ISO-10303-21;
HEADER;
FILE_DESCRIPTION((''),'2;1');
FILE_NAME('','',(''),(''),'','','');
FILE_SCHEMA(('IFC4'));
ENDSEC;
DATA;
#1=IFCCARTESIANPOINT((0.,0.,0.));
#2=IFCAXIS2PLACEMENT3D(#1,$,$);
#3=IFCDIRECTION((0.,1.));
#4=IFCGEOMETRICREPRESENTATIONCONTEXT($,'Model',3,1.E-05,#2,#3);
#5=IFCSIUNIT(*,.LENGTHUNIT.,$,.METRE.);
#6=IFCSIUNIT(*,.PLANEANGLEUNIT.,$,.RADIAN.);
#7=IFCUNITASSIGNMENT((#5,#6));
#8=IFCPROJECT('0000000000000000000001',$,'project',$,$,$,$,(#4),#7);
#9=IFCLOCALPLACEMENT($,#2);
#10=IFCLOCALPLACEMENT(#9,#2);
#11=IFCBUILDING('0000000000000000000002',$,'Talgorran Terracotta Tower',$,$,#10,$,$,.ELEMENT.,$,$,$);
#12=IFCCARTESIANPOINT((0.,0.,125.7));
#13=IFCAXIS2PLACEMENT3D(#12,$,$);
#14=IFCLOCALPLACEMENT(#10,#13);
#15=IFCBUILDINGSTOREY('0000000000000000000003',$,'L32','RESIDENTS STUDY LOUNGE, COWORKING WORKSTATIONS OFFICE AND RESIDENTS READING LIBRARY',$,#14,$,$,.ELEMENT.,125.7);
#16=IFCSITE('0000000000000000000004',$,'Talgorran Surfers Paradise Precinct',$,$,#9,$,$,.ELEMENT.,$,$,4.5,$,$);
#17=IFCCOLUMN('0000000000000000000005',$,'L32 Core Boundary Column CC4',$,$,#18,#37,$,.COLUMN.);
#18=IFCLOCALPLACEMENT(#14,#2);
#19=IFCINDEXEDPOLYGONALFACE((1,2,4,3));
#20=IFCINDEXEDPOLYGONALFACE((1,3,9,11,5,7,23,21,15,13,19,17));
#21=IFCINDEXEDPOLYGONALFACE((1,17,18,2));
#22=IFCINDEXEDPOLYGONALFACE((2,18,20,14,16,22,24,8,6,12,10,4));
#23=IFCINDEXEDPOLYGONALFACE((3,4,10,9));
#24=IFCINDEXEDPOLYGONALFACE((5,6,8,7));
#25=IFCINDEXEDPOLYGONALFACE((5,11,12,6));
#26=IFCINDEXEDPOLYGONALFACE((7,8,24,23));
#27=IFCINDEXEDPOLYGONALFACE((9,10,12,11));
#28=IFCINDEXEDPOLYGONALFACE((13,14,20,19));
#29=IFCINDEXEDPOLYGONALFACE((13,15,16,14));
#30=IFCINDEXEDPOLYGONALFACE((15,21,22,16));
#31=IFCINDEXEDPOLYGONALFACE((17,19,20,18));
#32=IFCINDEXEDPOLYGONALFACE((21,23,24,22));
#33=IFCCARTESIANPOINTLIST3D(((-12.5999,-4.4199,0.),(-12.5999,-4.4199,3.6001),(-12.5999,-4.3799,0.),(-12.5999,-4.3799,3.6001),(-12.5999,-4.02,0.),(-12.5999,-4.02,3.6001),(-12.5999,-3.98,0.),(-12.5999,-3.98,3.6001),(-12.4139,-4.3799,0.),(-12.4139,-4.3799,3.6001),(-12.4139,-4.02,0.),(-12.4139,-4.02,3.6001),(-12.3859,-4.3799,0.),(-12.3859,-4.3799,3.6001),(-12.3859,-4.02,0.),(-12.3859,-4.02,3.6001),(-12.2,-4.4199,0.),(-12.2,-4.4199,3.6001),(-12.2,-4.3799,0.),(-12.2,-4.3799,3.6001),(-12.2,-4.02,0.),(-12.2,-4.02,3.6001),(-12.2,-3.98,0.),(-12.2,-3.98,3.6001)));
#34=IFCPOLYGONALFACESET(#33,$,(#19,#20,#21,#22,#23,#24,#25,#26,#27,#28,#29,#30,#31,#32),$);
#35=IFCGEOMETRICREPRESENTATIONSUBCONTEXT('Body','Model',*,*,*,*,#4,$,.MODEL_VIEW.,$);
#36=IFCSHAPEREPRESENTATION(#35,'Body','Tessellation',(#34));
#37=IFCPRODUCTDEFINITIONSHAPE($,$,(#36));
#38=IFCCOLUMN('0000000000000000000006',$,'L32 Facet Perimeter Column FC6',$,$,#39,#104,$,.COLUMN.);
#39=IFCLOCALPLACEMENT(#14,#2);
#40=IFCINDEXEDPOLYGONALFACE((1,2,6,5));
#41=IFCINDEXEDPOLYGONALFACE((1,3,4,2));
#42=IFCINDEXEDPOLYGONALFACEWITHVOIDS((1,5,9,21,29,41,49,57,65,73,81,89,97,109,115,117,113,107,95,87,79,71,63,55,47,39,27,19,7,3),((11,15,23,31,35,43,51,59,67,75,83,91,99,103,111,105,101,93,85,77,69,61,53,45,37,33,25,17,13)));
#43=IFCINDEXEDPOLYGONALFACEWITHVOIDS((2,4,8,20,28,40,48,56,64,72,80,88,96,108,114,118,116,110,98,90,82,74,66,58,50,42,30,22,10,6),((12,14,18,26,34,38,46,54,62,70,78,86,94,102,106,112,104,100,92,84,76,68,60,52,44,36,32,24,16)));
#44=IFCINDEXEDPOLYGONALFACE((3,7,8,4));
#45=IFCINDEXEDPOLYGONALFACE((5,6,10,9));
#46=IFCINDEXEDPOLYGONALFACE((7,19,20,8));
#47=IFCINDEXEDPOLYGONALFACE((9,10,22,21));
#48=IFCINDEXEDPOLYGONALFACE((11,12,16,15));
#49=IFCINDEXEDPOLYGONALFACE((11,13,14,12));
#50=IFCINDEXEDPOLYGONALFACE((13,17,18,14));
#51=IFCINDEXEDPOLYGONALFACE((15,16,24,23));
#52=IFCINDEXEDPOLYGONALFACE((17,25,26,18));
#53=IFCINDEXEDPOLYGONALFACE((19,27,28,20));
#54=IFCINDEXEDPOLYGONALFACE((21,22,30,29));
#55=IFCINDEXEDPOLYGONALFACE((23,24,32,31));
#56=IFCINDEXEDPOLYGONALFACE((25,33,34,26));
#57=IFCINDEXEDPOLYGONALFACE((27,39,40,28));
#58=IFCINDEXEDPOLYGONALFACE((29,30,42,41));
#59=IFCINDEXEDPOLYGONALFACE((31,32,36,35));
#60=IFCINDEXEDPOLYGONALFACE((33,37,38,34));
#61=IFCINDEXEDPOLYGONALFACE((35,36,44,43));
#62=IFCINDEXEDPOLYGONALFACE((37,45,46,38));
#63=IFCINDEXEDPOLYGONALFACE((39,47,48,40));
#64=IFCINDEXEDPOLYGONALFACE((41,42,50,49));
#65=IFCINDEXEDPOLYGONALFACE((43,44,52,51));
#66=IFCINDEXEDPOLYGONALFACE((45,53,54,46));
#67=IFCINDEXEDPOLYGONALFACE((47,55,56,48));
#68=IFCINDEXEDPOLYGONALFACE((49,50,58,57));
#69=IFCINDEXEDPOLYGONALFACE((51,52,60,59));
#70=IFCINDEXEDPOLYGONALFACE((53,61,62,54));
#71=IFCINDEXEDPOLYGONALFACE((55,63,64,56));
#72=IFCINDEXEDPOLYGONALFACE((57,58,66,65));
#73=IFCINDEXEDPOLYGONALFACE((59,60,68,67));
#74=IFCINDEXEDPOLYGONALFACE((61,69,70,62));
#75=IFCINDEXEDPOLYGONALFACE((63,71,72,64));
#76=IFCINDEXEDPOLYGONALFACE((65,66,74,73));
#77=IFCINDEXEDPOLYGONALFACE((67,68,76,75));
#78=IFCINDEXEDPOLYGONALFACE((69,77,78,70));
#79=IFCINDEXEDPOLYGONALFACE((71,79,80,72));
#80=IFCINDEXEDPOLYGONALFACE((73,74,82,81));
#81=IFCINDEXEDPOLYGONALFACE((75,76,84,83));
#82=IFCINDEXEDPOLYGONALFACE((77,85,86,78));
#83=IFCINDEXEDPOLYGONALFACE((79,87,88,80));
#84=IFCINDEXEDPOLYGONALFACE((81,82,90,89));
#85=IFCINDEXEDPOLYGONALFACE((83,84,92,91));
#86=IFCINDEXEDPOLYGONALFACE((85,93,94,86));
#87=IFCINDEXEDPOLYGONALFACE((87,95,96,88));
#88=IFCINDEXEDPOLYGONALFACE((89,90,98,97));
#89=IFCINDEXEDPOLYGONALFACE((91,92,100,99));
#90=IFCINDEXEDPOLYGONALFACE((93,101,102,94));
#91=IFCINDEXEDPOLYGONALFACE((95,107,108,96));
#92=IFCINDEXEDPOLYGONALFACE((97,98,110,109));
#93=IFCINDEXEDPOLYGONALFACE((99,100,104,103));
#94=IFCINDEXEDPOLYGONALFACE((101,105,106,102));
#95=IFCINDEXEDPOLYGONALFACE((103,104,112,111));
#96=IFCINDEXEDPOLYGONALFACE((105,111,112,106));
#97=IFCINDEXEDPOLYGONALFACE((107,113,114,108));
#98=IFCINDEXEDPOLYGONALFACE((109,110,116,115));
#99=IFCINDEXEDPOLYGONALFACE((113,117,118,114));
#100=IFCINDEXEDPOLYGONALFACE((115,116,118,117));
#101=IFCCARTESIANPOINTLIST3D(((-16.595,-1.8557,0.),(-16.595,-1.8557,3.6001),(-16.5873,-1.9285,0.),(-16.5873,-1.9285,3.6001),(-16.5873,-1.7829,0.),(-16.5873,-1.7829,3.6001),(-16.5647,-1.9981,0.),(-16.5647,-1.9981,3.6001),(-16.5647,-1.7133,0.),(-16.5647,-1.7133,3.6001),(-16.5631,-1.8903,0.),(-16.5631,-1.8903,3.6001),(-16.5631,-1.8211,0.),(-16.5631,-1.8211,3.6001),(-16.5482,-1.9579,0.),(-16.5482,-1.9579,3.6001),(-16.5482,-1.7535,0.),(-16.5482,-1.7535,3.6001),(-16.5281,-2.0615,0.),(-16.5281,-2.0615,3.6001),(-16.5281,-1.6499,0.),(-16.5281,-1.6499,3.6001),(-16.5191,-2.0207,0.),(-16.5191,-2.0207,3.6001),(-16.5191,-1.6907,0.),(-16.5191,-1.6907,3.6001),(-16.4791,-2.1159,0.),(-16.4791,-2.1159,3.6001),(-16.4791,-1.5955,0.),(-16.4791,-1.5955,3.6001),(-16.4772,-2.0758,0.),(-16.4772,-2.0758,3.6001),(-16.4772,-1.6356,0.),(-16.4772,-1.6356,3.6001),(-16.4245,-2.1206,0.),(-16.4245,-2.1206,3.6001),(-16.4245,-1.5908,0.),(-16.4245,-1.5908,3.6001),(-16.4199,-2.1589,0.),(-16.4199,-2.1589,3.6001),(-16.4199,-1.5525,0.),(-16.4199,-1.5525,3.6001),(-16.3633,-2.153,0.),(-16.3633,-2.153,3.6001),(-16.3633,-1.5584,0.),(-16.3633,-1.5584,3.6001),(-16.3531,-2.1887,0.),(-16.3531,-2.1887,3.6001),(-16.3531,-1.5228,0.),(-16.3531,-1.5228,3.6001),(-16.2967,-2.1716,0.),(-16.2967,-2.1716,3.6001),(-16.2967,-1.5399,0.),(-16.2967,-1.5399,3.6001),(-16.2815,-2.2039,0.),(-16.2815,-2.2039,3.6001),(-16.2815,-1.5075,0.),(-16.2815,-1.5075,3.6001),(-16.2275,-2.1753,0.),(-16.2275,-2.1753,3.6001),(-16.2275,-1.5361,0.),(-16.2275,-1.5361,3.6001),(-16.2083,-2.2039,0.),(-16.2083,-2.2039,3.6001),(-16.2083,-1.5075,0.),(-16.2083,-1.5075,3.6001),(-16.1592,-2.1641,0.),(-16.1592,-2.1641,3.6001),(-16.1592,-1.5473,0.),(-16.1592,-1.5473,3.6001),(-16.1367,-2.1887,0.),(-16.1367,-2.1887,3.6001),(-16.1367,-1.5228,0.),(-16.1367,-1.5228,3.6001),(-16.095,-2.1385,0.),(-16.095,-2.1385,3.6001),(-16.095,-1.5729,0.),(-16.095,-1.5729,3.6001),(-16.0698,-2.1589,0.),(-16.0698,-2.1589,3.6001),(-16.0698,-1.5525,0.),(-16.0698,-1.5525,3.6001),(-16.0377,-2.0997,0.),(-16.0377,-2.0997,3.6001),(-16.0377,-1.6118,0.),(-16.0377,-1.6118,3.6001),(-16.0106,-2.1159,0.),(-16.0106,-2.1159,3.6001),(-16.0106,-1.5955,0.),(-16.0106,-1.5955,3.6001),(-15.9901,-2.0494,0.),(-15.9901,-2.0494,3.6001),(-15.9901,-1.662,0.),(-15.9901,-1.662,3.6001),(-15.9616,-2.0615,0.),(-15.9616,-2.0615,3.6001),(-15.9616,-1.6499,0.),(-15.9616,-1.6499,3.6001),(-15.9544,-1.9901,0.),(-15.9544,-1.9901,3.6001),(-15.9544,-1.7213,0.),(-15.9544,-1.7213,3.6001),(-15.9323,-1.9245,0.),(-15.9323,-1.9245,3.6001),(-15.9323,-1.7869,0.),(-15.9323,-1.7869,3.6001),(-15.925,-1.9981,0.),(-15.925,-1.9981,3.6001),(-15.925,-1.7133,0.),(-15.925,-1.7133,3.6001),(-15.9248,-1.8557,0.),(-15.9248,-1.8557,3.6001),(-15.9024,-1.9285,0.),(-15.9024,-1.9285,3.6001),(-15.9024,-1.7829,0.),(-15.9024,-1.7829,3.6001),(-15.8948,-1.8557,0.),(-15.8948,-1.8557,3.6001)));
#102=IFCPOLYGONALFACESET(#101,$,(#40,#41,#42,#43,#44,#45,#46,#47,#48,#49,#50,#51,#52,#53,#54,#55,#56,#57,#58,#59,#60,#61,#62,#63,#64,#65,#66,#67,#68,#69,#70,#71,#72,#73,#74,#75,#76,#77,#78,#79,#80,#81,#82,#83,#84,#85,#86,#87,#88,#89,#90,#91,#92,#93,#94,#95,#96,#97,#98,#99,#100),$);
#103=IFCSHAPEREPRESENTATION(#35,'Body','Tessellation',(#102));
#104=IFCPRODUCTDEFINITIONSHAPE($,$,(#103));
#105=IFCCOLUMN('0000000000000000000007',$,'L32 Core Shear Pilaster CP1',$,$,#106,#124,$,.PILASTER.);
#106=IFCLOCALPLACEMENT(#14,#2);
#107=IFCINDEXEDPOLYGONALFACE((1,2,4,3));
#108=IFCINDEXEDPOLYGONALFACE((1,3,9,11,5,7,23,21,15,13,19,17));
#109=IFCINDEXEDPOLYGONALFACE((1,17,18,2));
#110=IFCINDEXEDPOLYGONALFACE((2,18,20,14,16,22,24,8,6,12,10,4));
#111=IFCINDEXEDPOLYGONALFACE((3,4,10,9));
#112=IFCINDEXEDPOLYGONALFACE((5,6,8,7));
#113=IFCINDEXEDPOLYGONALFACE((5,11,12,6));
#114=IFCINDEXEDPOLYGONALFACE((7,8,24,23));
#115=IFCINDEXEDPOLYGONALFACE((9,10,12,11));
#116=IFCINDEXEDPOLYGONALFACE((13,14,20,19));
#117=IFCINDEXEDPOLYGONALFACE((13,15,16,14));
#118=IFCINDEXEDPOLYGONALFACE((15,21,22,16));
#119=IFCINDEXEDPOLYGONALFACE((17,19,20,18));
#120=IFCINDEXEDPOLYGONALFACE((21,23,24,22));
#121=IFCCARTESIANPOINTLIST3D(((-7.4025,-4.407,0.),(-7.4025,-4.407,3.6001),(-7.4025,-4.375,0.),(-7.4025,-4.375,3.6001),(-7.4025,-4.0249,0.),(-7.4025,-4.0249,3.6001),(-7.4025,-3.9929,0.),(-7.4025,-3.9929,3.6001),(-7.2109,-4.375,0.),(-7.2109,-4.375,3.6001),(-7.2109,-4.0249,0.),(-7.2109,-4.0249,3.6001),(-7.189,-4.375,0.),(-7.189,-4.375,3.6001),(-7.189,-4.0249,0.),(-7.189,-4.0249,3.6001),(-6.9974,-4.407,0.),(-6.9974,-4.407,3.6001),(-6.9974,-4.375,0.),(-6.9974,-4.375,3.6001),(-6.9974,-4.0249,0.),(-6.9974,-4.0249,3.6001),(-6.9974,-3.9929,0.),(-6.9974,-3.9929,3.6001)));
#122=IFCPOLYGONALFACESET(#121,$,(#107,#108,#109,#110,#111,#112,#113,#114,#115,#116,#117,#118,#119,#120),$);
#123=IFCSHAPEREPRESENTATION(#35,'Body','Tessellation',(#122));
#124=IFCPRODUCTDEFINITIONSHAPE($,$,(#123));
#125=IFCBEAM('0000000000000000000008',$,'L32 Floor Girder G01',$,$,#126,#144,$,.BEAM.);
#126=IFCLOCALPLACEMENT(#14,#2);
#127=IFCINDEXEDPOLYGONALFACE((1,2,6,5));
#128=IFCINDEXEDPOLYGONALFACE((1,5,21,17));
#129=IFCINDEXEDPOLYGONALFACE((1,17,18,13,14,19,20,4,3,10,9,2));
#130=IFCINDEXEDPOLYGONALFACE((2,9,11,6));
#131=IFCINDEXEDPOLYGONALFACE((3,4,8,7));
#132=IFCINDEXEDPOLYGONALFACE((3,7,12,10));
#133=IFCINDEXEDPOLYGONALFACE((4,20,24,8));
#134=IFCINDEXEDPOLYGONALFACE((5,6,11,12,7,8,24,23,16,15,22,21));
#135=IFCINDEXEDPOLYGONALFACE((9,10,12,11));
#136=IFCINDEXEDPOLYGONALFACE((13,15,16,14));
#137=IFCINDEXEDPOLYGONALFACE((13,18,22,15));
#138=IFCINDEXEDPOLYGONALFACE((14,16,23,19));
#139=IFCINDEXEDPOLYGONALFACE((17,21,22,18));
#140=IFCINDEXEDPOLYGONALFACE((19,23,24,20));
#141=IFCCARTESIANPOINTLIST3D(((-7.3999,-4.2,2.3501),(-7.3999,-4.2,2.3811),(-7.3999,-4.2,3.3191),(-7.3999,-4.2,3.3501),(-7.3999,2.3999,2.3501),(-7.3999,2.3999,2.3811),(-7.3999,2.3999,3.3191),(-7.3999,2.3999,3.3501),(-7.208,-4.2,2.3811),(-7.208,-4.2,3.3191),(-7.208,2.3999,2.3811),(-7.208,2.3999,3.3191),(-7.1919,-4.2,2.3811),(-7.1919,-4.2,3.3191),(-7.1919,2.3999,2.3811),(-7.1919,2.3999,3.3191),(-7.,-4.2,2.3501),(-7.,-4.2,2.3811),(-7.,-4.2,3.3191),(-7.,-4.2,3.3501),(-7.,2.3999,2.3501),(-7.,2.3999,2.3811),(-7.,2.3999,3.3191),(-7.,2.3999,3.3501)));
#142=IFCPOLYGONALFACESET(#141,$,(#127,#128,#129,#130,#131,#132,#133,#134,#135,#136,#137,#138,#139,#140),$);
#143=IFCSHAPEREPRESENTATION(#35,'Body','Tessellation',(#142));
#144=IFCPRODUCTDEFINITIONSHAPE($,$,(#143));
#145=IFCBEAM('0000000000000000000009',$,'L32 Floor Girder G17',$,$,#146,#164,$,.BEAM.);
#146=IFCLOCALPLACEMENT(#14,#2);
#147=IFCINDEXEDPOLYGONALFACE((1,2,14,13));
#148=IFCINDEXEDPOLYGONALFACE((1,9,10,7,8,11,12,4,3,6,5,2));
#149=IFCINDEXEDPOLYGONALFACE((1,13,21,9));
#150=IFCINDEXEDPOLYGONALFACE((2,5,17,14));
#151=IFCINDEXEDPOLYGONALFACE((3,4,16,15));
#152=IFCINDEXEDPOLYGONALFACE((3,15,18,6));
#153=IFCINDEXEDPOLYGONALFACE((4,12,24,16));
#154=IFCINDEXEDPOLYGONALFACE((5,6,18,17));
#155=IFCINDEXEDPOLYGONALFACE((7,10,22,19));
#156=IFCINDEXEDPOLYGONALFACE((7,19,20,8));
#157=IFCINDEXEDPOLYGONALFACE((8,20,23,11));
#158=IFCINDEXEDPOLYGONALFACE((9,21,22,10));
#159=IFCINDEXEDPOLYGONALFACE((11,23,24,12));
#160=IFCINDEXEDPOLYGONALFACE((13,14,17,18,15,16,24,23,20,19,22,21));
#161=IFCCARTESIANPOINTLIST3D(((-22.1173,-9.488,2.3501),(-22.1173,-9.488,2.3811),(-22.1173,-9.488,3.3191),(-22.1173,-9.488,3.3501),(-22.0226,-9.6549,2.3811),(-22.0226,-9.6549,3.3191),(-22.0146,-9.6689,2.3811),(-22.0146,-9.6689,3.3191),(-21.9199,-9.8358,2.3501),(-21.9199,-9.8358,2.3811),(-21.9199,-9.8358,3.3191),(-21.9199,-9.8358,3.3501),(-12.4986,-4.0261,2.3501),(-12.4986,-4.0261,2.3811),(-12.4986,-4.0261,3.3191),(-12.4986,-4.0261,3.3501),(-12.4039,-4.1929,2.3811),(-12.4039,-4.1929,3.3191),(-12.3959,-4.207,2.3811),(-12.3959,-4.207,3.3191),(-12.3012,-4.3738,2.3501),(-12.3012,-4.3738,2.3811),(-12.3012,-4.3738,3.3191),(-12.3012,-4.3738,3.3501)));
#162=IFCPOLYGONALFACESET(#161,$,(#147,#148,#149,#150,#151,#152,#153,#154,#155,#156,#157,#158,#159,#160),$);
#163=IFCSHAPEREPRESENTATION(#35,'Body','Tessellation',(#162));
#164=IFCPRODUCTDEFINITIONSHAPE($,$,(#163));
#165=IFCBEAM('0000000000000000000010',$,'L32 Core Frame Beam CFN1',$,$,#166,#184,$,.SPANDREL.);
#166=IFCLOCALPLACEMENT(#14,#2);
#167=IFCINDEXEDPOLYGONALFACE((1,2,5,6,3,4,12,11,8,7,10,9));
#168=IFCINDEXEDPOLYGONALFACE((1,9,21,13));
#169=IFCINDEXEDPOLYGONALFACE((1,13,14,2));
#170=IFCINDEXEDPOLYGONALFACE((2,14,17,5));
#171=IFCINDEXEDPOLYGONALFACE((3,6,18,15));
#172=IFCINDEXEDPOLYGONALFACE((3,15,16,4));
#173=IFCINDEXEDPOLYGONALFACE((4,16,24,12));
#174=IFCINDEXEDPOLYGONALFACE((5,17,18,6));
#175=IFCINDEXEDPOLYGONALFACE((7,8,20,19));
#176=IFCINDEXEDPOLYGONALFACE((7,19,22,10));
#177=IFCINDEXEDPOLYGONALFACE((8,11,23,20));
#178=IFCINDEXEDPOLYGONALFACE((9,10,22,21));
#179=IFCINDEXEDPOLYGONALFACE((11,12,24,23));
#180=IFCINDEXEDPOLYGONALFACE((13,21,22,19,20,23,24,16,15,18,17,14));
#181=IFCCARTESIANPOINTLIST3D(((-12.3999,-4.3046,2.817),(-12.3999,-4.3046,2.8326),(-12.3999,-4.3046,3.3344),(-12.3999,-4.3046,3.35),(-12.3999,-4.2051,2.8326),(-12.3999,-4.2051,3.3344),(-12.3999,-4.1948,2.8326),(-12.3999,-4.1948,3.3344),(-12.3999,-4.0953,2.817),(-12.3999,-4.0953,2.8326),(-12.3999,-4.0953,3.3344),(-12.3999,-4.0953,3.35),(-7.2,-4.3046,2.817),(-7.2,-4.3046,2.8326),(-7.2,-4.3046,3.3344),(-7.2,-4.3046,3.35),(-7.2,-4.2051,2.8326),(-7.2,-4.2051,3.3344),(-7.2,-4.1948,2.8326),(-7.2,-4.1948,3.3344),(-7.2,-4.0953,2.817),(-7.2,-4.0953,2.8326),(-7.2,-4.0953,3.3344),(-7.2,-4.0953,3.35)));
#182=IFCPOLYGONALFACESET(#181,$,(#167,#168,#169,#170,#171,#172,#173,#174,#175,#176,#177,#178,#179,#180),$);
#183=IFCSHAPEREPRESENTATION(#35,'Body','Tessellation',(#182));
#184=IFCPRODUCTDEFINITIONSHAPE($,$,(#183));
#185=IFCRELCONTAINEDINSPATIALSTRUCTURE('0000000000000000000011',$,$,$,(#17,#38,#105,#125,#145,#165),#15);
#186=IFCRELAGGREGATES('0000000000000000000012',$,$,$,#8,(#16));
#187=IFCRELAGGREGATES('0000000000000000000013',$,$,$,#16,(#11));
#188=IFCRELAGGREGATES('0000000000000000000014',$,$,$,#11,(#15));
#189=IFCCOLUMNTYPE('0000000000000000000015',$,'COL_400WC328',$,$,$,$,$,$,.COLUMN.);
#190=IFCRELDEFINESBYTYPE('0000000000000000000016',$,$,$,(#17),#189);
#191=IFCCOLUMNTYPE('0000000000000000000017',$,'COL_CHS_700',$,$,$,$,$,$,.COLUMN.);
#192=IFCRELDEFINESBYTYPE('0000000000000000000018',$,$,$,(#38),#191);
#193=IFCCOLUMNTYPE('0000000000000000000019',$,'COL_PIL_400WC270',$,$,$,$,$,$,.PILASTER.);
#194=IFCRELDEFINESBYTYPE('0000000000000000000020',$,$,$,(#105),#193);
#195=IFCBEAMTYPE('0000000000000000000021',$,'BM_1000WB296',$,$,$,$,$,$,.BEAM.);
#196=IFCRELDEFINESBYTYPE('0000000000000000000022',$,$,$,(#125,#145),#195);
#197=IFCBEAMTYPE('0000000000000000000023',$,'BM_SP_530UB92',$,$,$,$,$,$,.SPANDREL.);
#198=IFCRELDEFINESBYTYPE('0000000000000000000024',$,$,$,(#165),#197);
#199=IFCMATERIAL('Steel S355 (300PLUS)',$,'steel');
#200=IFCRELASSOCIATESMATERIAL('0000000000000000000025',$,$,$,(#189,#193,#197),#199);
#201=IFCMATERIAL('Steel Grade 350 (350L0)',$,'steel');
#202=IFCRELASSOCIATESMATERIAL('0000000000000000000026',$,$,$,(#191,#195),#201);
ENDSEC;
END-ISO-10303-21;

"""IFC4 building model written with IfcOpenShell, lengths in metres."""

from ifc_helpers import new_model, si_unit, direction, frame, origin, origin_2d, place, context, subcontext, project, spatial, hollow_circle, i_section, extrude, material, material_profile, profile_set, type_object, element, save


model = new_model("IFC4")

# Units and contexts
model_context = context("Model", 3, precision=1e-05, world=origin(), true_north=direction((0.0, 1.0)))
body_context = subcontext(model_context, "Body", "Model", "MODEL_VIEW")
ifc_project = project(units=[si_unit("LENGTHUNIT", "METRE"), si_unit("PLANEANGLEUNIT", "RADIAN")], contexts=[model_context])

# Site, building, storey
site_placement = place(None, origin())
site = spatial("IfcSite", under=ifc_project, at=site_placement, Name="Talgorran Surfers Paradise Precinct", CompositionType="ELEMENT", RefElevation=4.5)
building_placement = place(site_placement, origin())
building = spatial("IfcBuilding", under=site, at=building_placement, Name="Talgorran Terracotta Tower", CompositionType="ELEMENT")
storey_placement = place(building_placement, frame((0.0, 0.0, 125.7)))
storey = spatial("IfcBuildingStorey", under=building, at=storey_placement, Name="L32", Description="RESIDENTS STUDY LOUNGE, COWORKING WORKSTATIONS OFFICE AND RESIDENTS READING LIBRARY", CompositionType="ELEMENT", Elevation=125.7)

# Columns
ifc_material_1 = material(Name="Steel S355 (300PLUS)", Category="steel")
ifc_material_profile_1 = material_profile(ifc_material_1, i_section(OverallWidth=0.3999, OverallDepth=0.4399, WebThickness=0.0281, FlangeThickness=0.04, at=origin_2d()), Name="400WC328")
ifc_profile_set_1 = profile_set([ifc_material_profile_1], Name="Steel S355 (300PLUS)")
column_type_1 = type_object("IfcColumnType", Name="COL_400WC328", PredefinedType="COLUMN", material=ifc_profile_set_1)
column_1_placement = place(storey_placement, frame((-12.3999, -4.2, 0.0), z_axis=(0.0, 0.0, 1.0), x_axis=(1.0, 0.0, 0.0)))
element("IfcColumn", 1, at=column_1_placement, inside=storey, type_object=column_type_1, Name="L32 Core Boundary Column CC4", PredefinedType="COLUMN", context=body_context, shape_type="SweptSolid", body=[
    extrude(i_section(OverallWidth=0.3999, OverallDepth=0.4399, WebThickness=0.0281, FlangeThickness=0.04, at=origin_2d()), origin(), (0.0, 0.0, 1.0), 3.6001),
])
ifc_material_2 = material(Name="Steel Grade 350 (350L0)", Category="steel")
ifc_material_profile_2 = material_profile(ifc_material_2, hollow_circle(Radius=0.3501, WallThickness=0.03, at=origin_2d()), Name="CHS700X30")
ifc_profile_set_2 = profile_set([ifc_material_profile_2], Name="Steel Grade 350 (350L0)")
column_type_2 = type_object("IfcColumnType", Name="COL_CHS_700", PredefinedType="COLUMN", material=ifc_profile_set_2)
column_2_placement = place(storey_placement, frame((-16.2449, -1.8557, 0.0), z_axis=(0.0, 0.0, 1.0), x_axis=(1.0, 0.0, 0.0)))
element("IfcColumn", 2, at=column_2_placement, inside=storey, type_object=column_type_2, Name="L32 Facet Perimeter Column FC6", PredefinedType="COLUMN", context=body_context, shape_type="SweptSolid", body=[
    extrude(hollow_circle(Radius=0.3501, WallThickness=0.03, at=origin_2d()), origin(), (0.0, 0.0, 1.0), 3.6001),
])
ifc_material_profile_3 = material_profile(ifc_material_1, i_section(OverallWidth=0.405, OverallDepth=0.4141, WebThickness=0.022, FlangeThickness=0.032, at=origin_2d()), Name="400WC270")
ifc_profile_set_3 = profile_set([ifc_material_profile_3], Name="Steel S355 (300PLUS)")
column_type_3 = type_object("IfcColumnType", Name="COL_PIL_400WC270", PredefinedType="PILASTER", material=ifc_profile_set_3)
column_3_placement = place(storey_placement, frame((-7.2, -4.2, 0.0), z_axis=(0.0, 0.0, 1.0), x_axis=(1.0, 0.0, 0.0)))
element("IfcColumn", 3, at=column_3_placement, inside=storey, type_object=column_type_3, Name="L32 Core Shear Pilaster CP1", PredefinedType="PILASTER", context=body_context, shape_type="SweptSolid", body=[
    extrude(i_section(OverallWidth=0.405, OverallDepth=0.4141, WebThickness=0.022, FlangeThickness=0.032, at=origin_2d()), origin(), (0.0, 0.0, 1.0), 3.6001),
])

# Beams
ifc_material_profile_4 = material_profile(ifc_material_2, i_section(OverallWidth=0.3999, OverallDepth=1.0, WebThickness=0.0161, FlangeThickness=0.031, at=origin_2d()), Name="1000WB296")
ifc_profile_set_4 = profile_set([ifc_material_profile_4], Name="Steel Grade 350 (350L0)")
beam_type_1 = type_object("IfcBeamType", Name="BM_1000WB296", PredefinedType="BEAM", material=ifc_profile_set_4)
beam_1_placement = place(storey_placement, frame((-7.2, -4.2, 2.8501), z_axis=(0.0, 1.0, 0.0), x_axis=(-1.0, 0.0, 0.0)))
element("IfcBeam", 4, at=beam_1_placement, inside=storey, type_object=beam_type_1, Name="L32 Floor Girder G01", PredefinedType="BEAM", context=body_context, shape_type="SweptSolid", body=[
    extrude(i_section(OverallWidth=0.3999, OverallDepth=1.0, WebThickness=0.0161, FlangeThickness=0.031, at=origin_2d()), origin(), (0.0, 0.0, 1.0), 6.5999),
])
beam_2_placement = place(storey_placement, frame((-12.3999, -4.2, 2.8501), z_axis=(-0.869582, -0.493789, 0.0), x_axis=(0.493789, -0.869582, 0.0)))
element("IfcBeam", 5, at=beam_2_placement, inside=storey, type_object=beam_type_1, Name="L32 Floor Girder G17", PredefinedType="BEAM", context=body_context, shape_type="SweptSolid", body=[
    extrude(i_section(OverallWidth=0.3999, OverallDepth=1.0, WebThickness=0.0161, FlangeThickness=0.031, at=origin_2d()), origin(), (0.0, 0.0, 1.0), 11.0613),
])
ifc_material_profile_5 = material_profile(ifc_material_1, i_section(OverallWidth=0.2092, OverallDepth=0.533, WebThickness=0.0103, FlangeThickness=0.0156, at=origin_2d()), Name="530UB92.4")
ifc_profile_set_5 = profile_set([ifc_material_profile_5], Name="Steel S355 (300PLUS)")
beam_type_2 = type_object("IfcBeamType", Name="BM_SP_530UB92", PredefinedType="SPANDREL", material=ifc_profile_set_5)
beam_3_placement = place(storey_placement, frame((-12.3999, -4.2, 3.0835), z_axis=(1.0, 0.0, 0.0), x_axis=(0.0, 1.0, 0.0)))
element("IfcBeam", 6, at=beam_3_placement, inside=storey, type_object=beam_type_2, Name="L32 Core Frame Beam CFN1", PredefinedType="SPANDREL", context=body_context, shape_type="SweptSolid", body=[
    extrude(i_section(OverallWidth=0.2092, OverallDepth=0.533, WebThickness=0.0103, FlangeThickness=0.0156, at=origin_2d()), origin(), (0.0, 0.0, 1.0), 5.2),
])

save(model, "model.ifc")
